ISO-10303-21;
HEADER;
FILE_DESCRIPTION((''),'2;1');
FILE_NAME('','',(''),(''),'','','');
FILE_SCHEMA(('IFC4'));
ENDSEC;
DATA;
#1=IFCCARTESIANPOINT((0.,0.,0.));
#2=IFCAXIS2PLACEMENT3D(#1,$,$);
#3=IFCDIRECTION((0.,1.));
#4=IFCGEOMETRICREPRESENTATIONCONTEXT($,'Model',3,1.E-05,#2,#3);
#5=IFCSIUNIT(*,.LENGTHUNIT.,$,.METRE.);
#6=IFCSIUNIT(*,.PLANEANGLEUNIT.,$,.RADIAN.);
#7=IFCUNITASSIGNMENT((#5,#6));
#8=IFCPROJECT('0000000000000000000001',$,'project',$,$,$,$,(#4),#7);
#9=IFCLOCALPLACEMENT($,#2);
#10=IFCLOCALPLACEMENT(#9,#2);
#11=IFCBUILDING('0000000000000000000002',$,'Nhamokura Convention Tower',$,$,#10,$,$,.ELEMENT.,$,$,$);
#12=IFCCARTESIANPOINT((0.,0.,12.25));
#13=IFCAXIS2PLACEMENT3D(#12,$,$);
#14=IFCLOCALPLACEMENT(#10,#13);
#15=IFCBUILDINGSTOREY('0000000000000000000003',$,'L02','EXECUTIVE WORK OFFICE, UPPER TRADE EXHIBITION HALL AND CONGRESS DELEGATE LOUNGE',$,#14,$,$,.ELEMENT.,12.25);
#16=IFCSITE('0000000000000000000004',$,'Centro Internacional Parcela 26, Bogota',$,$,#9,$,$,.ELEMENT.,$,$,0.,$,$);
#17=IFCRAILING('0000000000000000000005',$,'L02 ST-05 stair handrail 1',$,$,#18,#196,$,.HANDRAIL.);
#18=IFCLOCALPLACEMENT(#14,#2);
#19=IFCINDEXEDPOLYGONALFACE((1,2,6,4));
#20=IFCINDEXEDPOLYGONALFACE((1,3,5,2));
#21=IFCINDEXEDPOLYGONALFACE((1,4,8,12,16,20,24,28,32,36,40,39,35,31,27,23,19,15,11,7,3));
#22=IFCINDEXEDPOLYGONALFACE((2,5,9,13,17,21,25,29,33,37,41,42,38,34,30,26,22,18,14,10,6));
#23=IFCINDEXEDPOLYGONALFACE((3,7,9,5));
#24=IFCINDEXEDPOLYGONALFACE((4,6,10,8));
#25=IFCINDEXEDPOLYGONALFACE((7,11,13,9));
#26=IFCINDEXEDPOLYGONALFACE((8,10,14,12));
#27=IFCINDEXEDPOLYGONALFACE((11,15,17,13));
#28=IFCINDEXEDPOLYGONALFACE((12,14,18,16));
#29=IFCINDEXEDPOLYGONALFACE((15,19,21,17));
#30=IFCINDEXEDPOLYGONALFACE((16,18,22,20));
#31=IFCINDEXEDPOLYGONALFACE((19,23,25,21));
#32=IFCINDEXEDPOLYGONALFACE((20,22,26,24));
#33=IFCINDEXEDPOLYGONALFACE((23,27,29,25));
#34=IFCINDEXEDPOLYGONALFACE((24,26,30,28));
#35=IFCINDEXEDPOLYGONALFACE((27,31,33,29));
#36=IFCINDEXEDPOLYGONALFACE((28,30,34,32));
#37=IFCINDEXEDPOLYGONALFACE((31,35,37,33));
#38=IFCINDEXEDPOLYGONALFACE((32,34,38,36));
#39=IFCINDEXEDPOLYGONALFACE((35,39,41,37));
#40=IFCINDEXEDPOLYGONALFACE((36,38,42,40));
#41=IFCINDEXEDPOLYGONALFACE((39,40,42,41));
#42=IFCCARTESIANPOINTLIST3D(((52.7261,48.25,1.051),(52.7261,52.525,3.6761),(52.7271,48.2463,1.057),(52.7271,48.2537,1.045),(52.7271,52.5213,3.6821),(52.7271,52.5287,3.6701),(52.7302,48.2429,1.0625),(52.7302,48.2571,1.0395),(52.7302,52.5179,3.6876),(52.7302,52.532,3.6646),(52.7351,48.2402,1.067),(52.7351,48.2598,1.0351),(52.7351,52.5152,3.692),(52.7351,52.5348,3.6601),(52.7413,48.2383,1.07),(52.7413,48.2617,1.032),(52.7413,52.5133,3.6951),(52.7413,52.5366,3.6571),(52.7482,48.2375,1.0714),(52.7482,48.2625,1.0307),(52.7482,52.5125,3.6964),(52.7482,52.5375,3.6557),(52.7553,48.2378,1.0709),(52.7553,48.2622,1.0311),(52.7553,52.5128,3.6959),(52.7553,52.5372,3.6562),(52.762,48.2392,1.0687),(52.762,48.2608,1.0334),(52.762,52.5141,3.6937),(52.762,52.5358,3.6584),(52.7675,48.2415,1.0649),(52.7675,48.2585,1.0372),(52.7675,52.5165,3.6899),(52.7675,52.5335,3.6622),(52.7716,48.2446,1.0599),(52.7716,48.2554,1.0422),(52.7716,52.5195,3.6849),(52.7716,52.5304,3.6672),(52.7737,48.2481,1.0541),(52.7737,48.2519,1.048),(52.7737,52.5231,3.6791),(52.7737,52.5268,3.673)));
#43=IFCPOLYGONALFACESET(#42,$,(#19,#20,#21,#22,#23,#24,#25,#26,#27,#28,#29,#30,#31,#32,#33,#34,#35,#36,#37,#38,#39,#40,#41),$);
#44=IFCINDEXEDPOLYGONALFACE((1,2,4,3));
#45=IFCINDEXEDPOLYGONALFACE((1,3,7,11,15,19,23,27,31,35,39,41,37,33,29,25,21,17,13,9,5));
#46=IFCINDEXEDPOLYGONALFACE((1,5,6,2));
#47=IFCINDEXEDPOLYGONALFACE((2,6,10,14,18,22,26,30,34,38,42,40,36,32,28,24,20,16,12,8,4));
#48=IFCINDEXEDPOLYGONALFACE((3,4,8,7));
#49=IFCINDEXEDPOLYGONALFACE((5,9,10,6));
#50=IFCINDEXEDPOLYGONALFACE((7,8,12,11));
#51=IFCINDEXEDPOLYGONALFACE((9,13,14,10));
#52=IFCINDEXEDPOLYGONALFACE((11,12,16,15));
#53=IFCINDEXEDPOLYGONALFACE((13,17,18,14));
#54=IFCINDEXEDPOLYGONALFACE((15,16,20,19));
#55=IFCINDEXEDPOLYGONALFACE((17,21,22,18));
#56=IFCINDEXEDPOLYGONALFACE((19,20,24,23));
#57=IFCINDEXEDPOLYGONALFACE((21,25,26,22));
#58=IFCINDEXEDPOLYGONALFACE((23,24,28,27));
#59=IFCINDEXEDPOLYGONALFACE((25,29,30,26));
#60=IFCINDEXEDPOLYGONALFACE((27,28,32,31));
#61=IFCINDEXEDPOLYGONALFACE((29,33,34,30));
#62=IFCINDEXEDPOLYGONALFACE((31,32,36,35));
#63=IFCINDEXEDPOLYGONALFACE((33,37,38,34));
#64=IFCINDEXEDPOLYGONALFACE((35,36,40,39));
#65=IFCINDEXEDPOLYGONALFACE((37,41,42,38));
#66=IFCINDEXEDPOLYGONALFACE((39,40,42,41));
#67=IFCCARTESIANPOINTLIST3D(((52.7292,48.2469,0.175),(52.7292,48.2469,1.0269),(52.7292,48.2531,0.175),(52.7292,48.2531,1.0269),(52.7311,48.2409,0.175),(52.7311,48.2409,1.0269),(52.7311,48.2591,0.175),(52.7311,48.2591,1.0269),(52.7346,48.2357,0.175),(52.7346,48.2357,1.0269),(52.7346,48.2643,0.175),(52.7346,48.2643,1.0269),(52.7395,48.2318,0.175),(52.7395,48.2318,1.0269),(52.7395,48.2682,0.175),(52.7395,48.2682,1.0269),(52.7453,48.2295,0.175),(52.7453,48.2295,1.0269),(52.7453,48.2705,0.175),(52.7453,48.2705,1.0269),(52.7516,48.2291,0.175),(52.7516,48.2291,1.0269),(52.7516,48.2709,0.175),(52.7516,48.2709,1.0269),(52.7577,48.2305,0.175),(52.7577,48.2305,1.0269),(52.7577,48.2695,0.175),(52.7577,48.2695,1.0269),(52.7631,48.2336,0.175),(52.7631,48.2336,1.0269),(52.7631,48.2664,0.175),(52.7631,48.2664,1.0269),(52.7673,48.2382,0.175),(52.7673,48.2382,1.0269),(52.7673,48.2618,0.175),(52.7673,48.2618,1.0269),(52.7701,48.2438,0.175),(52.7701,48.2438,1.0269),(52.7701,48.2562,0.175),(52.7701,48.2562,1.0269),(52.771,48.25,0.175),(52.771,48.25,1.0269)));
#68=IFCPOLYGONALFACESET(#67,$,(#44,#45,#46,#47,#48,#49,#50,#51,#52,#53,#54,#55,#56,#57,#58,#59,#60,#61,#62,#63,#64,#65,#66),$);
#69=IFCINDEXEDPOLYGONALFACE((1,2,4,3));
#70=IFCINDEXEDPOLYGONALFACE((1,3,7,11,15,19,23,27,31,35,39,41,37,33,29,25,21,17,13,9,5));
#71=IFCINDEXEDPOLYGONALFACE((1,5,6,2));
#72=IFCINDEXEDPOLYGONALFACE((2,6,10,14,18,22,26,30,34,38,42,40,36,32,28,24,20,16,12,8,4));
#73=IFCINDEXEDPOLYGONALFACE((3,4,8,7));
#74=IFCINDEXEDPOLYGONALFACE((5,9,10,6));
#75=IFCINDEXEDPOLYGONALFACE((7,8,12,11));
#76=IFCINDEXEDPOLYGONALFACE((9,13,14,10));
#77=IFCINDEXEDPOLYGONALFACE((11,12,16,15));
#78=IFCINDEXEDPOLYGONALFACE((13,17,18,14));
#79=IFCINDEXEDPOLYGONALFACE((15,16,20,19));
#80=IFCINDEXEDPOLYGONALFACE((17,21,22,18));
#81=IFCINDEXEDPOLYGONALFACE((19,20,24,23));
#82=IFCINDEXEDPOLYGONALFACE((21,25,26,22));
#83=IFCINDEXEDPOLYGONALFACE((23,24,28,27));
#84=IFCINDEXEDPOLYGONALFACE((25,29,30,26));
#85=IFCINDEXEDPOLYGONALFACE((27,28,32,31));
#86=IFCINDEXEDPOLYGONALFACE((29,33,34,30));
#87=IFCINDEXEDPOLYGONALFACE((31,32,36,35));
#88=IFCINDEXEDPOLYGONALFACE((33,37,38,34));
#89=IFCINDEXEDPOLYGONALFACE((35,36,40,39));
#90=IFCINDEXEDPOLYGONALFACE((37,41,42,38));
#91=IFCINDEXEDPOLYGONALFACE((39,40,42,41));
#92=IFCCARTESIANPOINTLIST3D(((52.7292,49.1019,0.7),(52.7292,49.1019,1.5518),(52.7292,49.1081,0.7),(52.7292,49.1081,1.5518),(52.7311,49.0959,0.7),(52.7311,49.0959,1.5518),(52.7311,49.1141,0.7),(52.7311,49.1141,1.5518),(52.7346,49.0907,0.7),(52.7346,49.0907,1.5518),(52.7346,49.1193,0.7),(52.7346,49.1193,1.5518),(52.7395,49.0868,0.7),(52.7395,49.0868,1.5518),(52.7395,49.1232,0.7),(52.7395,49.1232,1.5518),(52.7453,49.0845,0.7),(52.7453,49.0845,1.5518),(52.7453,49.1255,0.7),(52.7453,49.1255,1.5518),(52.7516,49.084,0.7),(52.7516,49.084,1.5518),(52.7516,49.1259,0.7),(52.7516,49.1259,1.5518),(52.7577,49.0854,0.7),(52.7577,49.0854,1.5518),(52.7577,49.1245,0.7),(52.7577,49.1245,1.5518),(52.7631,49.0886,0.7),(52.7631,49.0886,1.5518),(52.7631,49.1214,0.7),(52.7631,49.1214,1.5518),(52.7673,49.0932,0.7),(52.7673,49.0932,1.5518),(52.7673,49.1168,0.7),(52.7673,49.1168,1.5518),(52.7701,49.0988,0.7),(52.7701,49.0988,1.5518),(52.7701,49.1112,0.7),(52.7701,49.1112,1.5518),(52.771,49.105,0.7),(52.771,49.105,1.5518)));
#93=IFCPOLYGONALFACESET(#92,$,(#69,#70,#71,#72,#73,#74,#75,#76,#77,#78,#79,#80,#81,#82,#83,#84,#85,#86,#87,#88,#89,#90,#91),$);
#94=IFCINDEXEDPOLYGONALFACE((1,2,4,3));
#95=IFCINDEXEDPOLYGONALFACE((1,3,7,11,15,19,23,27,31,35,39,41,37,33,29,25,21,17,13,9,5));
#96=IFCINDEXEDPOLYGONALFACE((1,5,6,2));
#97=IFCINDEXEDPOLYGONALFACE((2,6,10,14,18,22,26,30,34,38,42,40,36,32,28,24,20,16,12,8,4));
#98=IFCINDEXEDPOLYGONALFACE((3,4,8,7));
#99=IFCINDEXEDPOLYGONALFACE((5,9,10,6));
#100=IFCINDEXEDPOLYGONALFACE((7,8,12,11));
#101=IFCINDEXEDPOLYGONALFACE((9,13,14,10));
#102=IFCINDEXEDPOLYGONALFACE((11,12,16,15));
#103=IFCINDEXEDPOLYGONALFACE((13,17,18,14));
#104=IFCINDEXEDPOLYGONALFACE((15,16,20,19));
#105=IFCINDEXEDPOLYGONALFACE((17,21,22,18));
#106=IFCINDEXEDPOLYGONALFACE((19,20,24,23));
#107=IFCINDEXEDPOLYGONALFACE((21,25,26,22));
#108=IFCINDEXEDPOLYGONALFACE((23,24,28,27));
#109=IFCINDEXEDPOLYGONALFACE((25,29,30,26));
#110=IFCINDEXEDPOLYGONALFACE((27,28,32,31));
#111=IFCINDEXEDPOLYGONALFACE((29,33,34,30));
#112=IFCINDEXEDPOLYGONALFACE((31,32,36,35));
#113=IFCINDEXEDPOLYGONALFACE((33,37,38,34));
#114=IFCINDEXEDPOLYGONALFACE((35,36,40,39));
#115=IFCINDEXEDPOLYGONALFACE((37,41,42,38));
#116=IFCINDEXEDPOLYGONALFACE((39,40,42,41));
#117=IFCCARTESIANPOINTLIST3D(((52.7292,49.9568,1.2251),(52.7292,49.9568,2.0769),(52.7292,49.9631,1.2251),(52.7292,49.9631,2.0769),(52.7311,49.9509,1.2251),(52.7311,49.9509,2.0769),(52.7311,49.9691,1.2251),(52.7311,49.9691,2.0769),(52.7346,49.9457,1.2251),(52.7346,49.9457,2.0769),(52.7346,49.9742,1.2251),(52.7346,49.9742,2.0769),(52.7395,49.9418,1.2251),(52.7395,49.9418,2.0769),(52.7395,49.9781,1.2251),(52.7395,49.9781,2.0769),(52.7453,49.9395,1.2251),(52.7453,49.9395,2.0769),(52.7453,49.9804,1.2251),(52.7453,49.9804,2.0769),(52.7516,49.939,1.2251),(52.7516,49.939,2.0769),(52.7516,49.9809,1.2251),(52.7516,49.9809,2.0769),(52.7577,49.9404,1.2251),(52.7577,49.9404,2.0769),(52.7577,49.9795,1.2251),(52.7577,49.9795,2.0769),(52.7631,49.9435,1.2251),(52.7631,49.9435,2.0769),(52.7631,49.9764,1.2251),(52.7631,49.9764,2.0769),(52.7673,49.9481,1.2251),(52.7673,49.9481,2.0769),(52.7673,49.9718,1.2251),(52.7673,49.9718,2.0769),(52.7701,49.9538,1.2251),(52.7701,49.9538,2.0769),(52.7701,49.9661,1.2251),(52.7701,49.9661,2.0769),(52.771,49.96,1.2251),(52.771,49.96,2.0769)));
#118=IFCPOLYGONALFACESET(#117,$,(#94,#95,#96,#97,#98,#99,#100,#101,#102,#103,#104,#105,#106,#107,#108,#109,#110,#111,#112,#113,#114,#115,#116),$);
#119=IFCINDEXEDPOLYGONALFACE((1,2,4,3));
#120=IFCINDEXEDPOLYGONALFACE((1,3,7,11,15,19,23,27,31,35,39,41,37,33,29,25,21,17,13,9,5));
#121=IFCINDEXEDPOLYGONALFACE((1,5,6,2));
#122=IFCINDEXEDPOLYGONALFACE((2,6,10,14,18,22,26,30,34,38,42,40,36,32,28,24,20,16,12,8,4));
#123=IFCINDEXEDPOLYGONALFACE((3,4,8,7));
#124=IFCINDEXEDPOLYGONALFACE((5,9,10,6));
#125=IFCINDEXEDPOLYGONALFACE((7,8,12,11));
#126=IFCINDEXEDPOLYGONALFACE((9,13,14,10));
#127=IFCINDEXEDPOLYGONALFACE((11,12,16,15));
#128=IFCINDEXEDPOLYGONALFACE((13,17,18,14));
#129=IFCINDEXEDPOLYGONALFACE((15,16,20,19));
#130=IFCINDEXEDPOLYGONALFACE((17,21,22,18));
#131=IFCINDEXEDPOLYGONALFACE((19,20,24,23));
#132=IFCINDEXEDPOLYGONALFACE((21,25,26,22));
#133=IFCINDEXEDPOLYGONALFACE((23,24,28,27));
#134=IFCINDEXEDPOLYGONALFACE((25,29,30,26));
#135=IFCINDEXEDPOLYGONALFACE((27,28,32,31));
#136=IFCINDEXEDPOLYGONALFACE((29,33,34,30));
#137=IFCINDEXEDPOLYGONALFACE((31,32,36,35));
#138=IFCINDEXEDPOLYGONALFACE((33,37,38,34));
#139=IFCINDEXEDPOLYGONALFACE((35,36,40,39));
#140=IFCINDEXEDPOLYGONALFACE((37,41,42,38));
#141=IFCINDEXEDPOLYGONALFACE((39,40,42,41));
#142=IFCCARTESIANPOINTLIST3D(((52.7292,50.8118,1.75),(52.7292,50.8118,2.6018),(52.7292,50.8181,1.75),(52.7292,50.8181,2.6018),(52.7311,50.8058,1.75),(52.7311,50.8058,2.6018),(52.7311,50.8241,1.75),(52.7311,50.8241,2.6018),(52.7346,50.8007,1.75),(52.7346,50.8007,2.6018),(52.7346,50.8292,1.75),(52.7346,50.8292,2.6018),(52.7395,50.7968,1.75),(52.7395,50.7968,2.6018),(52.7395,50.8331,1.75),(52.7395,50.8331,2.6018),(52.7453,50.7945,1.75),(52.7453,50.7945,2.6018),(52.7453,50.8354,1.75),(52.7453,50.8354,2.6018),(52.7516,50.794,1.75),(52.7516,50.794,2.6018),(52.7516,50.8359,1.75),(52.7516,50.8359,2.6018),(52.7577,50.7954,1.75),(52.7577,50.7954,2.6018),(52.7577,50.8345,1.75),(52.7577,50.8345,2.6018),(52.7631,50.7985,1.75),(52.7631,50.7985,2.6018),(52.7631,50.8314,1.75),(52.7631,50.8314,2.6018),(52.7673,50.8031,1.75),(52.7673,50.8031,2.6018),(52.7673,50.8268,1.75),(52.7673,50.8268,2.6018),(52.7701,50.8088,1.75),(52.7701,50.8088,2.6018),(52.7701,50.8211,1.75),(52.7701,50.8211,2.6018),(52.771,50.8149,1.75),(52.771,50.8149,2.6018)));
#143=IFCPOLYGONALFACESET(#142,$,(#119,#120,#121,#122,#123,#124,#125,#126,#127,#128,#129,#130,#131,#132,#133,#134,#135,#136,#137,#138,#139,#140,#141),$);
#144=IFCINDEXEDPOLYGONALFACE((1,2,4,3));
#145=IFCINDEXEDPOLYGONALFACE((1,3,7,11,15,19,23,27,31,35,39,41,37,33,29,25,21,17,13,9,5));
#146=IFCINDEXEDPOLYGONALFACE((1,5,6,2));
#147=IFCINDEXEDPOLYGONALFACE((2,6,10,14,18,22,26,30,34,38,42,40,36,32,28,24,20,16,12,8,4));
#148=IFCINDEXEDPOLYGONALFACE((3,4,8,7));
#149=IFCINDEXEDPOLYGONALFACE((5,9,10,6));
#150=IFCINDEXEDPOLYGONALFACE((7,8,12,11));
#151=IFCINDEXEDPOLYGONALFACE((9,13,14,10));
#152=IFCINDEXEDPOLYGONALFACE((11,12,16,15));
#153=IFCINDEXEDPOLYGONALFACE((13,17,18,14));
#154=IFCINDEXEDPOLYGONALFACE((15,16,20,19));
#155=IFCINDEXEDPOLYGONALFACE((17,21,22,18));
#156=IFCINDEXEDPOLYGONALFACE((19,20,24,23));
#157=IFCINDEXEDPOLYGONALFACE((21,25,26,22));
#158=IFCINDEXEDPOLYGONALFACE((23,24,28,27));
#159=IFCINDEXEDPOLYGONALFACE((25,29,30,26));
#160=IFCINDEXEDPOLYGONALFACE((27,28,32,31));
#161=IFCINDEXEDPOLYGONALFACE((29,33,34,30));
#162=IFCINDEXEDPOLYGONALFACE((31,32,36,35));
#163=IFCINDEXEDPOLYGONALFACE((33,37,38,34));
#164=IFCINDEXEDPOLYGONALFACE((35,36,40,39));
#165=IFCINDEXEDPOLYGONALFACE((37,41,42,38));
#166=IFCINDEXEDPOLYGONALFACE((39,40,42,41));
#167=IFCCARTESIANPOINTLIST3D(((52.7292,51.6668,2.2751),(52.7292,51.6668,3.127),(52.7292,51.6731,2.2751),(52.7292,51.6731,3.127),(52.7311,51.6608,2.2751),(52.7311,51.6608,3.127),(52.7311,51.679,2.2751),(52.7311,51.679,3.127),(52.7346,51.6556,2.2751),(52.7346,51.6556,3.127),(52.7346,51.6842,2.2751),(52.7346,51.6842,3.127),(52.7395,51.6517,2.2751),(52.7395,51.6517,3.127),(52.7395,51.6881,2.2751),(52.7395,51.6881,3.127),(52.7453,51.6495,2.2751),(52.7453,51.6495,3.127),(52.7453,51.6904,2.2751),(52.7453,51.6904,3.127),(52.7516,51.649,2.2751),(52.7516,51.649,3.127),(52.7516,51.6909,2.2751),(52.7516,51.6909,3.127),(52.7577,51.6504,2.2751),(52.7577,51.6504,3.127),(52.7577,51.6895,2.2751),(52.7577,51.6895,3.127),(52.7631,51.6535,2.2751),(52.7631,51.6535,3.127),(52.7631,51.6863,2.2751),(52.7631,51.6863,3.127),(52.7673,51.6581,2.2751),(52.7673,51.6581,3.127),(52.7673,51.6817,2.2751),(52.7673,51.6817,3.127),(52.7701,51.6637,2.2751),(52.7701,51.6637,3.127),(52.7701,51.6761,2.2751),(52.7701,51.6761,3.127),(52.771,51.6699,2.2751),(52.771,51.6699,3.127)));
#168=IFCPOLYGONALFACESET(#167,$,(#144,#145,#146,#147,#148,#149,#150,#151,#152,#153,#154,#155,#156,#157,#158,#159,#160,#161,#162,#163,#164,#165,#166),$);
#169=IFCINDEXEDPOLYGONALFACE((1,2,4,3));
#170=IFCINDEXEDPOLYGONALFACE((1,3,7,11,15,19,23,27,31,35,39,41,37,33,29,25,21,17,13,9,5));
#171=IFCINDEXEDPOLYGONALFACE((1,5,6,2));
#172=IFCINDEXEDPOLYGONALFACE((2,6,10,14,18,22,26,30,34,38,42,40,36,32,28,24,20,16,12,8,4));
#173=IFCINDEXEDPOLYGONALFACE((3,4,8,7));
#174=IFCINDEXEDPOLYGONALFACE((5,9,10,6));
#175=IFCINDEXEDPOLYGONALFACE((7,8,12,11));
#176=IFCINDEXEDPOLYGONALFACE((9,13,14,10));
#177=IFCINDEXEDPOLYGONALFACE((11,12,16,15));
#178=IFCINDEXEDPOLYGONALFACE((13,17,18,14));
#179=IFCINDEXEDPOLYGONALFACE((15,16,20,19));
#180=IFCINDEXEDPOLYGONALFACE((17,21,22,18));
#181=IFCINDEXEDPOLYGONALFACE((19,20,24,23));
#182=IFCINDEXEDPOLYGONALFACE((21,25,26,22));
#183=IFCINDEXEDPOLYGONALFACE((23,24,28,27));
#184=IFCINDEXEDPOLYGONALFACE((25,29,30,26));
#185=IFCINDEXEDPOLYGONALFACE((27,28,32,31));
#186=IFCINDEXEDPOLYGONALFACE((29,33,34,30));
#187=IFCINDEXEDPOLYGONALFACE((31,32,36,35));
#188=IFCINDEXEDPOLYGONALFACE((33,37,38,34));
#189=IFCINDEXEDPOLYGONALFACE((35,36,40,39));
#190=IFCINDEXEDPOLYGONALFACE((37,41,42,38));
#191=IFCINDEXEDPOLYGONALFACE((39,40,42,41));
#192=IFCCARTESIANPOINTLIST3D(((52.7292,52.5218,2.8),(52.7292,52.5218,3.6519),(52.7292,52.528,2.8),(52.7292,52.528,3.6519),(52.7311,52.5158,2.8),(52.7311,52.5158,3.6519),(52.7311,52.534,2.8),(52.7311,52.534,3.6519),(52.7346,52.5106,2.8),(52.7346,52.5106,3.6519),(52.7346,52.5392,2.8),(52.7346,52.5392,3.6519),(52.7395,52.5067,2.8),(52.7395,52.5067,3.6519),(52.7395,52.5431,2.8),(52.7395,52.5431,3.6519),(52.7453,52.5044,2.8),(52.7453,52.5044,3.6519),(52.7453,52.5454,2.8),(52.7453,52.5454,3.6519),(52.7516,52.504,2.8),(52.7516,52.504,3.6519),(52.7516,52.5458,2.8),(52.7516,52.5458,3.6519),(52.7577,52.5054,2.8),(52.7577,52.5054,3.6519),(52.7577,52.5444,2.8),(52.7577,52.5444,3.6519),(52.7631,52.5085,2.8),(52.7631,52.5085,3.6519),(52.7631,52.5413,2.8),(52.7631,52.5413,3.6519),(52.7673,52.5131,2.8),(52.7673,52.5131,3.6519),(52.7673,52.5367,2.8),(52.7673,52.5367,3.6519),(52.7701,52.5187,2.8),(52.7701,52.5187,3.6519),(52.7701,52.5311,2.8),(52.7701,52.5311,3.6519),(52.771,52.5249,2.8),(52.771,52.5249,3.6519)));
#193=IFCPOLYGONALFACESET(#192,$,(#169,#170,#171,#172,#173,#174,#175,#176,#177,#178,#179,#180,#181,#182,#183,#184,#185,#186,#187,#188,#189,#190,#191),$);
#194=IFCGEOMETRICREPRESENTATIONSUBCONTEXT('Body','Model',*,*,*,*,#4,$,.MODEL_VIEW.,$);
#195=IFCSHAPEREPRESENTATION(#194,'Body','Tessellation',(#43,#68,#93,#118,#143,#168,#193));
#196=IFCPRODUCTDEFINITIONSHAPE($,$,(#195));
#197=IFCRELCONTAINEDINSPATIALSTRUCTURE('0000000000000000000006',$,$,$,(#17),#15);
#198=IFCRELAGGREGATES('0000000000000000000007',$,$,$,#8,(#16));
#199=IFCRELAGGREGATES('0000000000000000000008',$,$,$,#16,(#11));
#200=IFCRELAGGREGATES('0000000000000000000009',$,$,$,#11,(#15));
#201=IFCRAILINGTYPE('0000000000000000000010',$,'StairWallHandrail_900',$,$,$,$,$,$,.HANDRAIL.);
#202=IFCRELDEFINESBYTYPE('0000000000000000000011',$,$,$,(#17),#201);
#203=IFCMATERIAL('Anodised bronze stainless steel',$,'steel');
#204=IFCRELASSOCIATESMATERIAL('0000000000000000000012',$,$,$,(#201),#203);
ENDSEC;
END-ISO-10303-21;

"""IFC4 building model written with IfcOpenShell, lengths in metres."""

from ifc_helpers import new_model, si_unit, direction, frame, origin, origin_2d, place, context, subcontext, project, spatial, circle, extrude, material, type_object, element, save


model = new_model("IFC4")

# Units and contexts
model_context = context("Model", 3, precision=1e-05, world=origin(), true_north=direction((0.0, 1.0)))
body_context = subcontext(model_context, "Body", "Model", "MODEL_VIEW")
ifc_project = project(units=[si_unit("LENGTHUNIT", "METRE"), si_unit("PLANEANGLEUNIT", "RADIAN")], contexts=[model_context])

# Site, building, storey
site_placement = place(None, origin())
site = spatial("IfcSite", under=ifc_project, at=site_placement, Name="Centro Internacional Parcela 26, Bogota", CompositionType="ELEMENT", RefElevation=0.0)
building_placement = place(site_placement, origin())
building = spatial("IfcBuilding", under=site, at=building_placement, Name="Nhamokura Convention Tower", CompositionType="ELEMENT")
storey_placement = place(building_placement, frame((0.0, 0.0, 12.25)))
storey = spatial("IfcBuildingStorey", under=building, at=storey_placement, Name="L02", Description="EXECUTIVE WORK OFFICE, UPPER TRADE EXHIBITION HALL AND CONGRESS DELEGATE LOUNGE", CompositionType="ELEMENT", Elevation=12.25)

# Railing
ifc_material_1 = material(Name="Anodised bronze stainless steel", Category="steel")
railing_type_1 = type_object("IfcRailingType", Name="StairWallHandrail_900", PredefinedType="HANDRAIL", material=ifc_material_1)
railing_1_placement = place(storey_placement, frame((52.75, 48.25, 0.175)))
element("IfcRailing", 1, at=railing_1_placement, inside=storey, type_object=railing_type_1, Name="L02 ST-05 stair handrail 1", PredefinedType="HANDRAIL", context=body_context, shape_type="SweptSolid", body=[
    extrude(circle(Radius=0.0239, at=origin_2d()), frame((0.0, 0.0, 0.876), z_axis=(0.0, 0.852166, 0.523272), x_axis=(-1.0, 0.0, 0.0)), (0.0, 0.0, 1.0), 5.0166),
    extrude(circle(Radius=0.021, at=origin_2d()), origin(), (0.0, 0.0, 1.0), 0.8518),
    extrude(circle(Radius=0.021, at=origin_2d()), frame((0.0, 0.855, 0.5249)), (0.0, 0.0, 1.0), 0.8518),
    extrude(circle(Radius=0.021, at=origin_2d()), frame((0.0, 1.71, 1.05)), (0.0, 0.0, 1.0), 0.8518),
    extrude(circle(Radius=0.021, at=origin_2d()), frame((0.0, 2.5649, 1.575)), (0.0, 0.0, 1.0), 0.8518),
    extrude(circle(Radius=0.021, at=origin_2d()), frame((0.0, 3.4199, 2.1001)), (0.0, 0.0, 1.0), 0.8518),
    extrude(circle(Radius=0.021, at=origin_2d()), frame((0.0, 4.2749, 2.625)), (0.0, 0.0, 1.0), 0.8518),
])

save(model, "model.ifc")
